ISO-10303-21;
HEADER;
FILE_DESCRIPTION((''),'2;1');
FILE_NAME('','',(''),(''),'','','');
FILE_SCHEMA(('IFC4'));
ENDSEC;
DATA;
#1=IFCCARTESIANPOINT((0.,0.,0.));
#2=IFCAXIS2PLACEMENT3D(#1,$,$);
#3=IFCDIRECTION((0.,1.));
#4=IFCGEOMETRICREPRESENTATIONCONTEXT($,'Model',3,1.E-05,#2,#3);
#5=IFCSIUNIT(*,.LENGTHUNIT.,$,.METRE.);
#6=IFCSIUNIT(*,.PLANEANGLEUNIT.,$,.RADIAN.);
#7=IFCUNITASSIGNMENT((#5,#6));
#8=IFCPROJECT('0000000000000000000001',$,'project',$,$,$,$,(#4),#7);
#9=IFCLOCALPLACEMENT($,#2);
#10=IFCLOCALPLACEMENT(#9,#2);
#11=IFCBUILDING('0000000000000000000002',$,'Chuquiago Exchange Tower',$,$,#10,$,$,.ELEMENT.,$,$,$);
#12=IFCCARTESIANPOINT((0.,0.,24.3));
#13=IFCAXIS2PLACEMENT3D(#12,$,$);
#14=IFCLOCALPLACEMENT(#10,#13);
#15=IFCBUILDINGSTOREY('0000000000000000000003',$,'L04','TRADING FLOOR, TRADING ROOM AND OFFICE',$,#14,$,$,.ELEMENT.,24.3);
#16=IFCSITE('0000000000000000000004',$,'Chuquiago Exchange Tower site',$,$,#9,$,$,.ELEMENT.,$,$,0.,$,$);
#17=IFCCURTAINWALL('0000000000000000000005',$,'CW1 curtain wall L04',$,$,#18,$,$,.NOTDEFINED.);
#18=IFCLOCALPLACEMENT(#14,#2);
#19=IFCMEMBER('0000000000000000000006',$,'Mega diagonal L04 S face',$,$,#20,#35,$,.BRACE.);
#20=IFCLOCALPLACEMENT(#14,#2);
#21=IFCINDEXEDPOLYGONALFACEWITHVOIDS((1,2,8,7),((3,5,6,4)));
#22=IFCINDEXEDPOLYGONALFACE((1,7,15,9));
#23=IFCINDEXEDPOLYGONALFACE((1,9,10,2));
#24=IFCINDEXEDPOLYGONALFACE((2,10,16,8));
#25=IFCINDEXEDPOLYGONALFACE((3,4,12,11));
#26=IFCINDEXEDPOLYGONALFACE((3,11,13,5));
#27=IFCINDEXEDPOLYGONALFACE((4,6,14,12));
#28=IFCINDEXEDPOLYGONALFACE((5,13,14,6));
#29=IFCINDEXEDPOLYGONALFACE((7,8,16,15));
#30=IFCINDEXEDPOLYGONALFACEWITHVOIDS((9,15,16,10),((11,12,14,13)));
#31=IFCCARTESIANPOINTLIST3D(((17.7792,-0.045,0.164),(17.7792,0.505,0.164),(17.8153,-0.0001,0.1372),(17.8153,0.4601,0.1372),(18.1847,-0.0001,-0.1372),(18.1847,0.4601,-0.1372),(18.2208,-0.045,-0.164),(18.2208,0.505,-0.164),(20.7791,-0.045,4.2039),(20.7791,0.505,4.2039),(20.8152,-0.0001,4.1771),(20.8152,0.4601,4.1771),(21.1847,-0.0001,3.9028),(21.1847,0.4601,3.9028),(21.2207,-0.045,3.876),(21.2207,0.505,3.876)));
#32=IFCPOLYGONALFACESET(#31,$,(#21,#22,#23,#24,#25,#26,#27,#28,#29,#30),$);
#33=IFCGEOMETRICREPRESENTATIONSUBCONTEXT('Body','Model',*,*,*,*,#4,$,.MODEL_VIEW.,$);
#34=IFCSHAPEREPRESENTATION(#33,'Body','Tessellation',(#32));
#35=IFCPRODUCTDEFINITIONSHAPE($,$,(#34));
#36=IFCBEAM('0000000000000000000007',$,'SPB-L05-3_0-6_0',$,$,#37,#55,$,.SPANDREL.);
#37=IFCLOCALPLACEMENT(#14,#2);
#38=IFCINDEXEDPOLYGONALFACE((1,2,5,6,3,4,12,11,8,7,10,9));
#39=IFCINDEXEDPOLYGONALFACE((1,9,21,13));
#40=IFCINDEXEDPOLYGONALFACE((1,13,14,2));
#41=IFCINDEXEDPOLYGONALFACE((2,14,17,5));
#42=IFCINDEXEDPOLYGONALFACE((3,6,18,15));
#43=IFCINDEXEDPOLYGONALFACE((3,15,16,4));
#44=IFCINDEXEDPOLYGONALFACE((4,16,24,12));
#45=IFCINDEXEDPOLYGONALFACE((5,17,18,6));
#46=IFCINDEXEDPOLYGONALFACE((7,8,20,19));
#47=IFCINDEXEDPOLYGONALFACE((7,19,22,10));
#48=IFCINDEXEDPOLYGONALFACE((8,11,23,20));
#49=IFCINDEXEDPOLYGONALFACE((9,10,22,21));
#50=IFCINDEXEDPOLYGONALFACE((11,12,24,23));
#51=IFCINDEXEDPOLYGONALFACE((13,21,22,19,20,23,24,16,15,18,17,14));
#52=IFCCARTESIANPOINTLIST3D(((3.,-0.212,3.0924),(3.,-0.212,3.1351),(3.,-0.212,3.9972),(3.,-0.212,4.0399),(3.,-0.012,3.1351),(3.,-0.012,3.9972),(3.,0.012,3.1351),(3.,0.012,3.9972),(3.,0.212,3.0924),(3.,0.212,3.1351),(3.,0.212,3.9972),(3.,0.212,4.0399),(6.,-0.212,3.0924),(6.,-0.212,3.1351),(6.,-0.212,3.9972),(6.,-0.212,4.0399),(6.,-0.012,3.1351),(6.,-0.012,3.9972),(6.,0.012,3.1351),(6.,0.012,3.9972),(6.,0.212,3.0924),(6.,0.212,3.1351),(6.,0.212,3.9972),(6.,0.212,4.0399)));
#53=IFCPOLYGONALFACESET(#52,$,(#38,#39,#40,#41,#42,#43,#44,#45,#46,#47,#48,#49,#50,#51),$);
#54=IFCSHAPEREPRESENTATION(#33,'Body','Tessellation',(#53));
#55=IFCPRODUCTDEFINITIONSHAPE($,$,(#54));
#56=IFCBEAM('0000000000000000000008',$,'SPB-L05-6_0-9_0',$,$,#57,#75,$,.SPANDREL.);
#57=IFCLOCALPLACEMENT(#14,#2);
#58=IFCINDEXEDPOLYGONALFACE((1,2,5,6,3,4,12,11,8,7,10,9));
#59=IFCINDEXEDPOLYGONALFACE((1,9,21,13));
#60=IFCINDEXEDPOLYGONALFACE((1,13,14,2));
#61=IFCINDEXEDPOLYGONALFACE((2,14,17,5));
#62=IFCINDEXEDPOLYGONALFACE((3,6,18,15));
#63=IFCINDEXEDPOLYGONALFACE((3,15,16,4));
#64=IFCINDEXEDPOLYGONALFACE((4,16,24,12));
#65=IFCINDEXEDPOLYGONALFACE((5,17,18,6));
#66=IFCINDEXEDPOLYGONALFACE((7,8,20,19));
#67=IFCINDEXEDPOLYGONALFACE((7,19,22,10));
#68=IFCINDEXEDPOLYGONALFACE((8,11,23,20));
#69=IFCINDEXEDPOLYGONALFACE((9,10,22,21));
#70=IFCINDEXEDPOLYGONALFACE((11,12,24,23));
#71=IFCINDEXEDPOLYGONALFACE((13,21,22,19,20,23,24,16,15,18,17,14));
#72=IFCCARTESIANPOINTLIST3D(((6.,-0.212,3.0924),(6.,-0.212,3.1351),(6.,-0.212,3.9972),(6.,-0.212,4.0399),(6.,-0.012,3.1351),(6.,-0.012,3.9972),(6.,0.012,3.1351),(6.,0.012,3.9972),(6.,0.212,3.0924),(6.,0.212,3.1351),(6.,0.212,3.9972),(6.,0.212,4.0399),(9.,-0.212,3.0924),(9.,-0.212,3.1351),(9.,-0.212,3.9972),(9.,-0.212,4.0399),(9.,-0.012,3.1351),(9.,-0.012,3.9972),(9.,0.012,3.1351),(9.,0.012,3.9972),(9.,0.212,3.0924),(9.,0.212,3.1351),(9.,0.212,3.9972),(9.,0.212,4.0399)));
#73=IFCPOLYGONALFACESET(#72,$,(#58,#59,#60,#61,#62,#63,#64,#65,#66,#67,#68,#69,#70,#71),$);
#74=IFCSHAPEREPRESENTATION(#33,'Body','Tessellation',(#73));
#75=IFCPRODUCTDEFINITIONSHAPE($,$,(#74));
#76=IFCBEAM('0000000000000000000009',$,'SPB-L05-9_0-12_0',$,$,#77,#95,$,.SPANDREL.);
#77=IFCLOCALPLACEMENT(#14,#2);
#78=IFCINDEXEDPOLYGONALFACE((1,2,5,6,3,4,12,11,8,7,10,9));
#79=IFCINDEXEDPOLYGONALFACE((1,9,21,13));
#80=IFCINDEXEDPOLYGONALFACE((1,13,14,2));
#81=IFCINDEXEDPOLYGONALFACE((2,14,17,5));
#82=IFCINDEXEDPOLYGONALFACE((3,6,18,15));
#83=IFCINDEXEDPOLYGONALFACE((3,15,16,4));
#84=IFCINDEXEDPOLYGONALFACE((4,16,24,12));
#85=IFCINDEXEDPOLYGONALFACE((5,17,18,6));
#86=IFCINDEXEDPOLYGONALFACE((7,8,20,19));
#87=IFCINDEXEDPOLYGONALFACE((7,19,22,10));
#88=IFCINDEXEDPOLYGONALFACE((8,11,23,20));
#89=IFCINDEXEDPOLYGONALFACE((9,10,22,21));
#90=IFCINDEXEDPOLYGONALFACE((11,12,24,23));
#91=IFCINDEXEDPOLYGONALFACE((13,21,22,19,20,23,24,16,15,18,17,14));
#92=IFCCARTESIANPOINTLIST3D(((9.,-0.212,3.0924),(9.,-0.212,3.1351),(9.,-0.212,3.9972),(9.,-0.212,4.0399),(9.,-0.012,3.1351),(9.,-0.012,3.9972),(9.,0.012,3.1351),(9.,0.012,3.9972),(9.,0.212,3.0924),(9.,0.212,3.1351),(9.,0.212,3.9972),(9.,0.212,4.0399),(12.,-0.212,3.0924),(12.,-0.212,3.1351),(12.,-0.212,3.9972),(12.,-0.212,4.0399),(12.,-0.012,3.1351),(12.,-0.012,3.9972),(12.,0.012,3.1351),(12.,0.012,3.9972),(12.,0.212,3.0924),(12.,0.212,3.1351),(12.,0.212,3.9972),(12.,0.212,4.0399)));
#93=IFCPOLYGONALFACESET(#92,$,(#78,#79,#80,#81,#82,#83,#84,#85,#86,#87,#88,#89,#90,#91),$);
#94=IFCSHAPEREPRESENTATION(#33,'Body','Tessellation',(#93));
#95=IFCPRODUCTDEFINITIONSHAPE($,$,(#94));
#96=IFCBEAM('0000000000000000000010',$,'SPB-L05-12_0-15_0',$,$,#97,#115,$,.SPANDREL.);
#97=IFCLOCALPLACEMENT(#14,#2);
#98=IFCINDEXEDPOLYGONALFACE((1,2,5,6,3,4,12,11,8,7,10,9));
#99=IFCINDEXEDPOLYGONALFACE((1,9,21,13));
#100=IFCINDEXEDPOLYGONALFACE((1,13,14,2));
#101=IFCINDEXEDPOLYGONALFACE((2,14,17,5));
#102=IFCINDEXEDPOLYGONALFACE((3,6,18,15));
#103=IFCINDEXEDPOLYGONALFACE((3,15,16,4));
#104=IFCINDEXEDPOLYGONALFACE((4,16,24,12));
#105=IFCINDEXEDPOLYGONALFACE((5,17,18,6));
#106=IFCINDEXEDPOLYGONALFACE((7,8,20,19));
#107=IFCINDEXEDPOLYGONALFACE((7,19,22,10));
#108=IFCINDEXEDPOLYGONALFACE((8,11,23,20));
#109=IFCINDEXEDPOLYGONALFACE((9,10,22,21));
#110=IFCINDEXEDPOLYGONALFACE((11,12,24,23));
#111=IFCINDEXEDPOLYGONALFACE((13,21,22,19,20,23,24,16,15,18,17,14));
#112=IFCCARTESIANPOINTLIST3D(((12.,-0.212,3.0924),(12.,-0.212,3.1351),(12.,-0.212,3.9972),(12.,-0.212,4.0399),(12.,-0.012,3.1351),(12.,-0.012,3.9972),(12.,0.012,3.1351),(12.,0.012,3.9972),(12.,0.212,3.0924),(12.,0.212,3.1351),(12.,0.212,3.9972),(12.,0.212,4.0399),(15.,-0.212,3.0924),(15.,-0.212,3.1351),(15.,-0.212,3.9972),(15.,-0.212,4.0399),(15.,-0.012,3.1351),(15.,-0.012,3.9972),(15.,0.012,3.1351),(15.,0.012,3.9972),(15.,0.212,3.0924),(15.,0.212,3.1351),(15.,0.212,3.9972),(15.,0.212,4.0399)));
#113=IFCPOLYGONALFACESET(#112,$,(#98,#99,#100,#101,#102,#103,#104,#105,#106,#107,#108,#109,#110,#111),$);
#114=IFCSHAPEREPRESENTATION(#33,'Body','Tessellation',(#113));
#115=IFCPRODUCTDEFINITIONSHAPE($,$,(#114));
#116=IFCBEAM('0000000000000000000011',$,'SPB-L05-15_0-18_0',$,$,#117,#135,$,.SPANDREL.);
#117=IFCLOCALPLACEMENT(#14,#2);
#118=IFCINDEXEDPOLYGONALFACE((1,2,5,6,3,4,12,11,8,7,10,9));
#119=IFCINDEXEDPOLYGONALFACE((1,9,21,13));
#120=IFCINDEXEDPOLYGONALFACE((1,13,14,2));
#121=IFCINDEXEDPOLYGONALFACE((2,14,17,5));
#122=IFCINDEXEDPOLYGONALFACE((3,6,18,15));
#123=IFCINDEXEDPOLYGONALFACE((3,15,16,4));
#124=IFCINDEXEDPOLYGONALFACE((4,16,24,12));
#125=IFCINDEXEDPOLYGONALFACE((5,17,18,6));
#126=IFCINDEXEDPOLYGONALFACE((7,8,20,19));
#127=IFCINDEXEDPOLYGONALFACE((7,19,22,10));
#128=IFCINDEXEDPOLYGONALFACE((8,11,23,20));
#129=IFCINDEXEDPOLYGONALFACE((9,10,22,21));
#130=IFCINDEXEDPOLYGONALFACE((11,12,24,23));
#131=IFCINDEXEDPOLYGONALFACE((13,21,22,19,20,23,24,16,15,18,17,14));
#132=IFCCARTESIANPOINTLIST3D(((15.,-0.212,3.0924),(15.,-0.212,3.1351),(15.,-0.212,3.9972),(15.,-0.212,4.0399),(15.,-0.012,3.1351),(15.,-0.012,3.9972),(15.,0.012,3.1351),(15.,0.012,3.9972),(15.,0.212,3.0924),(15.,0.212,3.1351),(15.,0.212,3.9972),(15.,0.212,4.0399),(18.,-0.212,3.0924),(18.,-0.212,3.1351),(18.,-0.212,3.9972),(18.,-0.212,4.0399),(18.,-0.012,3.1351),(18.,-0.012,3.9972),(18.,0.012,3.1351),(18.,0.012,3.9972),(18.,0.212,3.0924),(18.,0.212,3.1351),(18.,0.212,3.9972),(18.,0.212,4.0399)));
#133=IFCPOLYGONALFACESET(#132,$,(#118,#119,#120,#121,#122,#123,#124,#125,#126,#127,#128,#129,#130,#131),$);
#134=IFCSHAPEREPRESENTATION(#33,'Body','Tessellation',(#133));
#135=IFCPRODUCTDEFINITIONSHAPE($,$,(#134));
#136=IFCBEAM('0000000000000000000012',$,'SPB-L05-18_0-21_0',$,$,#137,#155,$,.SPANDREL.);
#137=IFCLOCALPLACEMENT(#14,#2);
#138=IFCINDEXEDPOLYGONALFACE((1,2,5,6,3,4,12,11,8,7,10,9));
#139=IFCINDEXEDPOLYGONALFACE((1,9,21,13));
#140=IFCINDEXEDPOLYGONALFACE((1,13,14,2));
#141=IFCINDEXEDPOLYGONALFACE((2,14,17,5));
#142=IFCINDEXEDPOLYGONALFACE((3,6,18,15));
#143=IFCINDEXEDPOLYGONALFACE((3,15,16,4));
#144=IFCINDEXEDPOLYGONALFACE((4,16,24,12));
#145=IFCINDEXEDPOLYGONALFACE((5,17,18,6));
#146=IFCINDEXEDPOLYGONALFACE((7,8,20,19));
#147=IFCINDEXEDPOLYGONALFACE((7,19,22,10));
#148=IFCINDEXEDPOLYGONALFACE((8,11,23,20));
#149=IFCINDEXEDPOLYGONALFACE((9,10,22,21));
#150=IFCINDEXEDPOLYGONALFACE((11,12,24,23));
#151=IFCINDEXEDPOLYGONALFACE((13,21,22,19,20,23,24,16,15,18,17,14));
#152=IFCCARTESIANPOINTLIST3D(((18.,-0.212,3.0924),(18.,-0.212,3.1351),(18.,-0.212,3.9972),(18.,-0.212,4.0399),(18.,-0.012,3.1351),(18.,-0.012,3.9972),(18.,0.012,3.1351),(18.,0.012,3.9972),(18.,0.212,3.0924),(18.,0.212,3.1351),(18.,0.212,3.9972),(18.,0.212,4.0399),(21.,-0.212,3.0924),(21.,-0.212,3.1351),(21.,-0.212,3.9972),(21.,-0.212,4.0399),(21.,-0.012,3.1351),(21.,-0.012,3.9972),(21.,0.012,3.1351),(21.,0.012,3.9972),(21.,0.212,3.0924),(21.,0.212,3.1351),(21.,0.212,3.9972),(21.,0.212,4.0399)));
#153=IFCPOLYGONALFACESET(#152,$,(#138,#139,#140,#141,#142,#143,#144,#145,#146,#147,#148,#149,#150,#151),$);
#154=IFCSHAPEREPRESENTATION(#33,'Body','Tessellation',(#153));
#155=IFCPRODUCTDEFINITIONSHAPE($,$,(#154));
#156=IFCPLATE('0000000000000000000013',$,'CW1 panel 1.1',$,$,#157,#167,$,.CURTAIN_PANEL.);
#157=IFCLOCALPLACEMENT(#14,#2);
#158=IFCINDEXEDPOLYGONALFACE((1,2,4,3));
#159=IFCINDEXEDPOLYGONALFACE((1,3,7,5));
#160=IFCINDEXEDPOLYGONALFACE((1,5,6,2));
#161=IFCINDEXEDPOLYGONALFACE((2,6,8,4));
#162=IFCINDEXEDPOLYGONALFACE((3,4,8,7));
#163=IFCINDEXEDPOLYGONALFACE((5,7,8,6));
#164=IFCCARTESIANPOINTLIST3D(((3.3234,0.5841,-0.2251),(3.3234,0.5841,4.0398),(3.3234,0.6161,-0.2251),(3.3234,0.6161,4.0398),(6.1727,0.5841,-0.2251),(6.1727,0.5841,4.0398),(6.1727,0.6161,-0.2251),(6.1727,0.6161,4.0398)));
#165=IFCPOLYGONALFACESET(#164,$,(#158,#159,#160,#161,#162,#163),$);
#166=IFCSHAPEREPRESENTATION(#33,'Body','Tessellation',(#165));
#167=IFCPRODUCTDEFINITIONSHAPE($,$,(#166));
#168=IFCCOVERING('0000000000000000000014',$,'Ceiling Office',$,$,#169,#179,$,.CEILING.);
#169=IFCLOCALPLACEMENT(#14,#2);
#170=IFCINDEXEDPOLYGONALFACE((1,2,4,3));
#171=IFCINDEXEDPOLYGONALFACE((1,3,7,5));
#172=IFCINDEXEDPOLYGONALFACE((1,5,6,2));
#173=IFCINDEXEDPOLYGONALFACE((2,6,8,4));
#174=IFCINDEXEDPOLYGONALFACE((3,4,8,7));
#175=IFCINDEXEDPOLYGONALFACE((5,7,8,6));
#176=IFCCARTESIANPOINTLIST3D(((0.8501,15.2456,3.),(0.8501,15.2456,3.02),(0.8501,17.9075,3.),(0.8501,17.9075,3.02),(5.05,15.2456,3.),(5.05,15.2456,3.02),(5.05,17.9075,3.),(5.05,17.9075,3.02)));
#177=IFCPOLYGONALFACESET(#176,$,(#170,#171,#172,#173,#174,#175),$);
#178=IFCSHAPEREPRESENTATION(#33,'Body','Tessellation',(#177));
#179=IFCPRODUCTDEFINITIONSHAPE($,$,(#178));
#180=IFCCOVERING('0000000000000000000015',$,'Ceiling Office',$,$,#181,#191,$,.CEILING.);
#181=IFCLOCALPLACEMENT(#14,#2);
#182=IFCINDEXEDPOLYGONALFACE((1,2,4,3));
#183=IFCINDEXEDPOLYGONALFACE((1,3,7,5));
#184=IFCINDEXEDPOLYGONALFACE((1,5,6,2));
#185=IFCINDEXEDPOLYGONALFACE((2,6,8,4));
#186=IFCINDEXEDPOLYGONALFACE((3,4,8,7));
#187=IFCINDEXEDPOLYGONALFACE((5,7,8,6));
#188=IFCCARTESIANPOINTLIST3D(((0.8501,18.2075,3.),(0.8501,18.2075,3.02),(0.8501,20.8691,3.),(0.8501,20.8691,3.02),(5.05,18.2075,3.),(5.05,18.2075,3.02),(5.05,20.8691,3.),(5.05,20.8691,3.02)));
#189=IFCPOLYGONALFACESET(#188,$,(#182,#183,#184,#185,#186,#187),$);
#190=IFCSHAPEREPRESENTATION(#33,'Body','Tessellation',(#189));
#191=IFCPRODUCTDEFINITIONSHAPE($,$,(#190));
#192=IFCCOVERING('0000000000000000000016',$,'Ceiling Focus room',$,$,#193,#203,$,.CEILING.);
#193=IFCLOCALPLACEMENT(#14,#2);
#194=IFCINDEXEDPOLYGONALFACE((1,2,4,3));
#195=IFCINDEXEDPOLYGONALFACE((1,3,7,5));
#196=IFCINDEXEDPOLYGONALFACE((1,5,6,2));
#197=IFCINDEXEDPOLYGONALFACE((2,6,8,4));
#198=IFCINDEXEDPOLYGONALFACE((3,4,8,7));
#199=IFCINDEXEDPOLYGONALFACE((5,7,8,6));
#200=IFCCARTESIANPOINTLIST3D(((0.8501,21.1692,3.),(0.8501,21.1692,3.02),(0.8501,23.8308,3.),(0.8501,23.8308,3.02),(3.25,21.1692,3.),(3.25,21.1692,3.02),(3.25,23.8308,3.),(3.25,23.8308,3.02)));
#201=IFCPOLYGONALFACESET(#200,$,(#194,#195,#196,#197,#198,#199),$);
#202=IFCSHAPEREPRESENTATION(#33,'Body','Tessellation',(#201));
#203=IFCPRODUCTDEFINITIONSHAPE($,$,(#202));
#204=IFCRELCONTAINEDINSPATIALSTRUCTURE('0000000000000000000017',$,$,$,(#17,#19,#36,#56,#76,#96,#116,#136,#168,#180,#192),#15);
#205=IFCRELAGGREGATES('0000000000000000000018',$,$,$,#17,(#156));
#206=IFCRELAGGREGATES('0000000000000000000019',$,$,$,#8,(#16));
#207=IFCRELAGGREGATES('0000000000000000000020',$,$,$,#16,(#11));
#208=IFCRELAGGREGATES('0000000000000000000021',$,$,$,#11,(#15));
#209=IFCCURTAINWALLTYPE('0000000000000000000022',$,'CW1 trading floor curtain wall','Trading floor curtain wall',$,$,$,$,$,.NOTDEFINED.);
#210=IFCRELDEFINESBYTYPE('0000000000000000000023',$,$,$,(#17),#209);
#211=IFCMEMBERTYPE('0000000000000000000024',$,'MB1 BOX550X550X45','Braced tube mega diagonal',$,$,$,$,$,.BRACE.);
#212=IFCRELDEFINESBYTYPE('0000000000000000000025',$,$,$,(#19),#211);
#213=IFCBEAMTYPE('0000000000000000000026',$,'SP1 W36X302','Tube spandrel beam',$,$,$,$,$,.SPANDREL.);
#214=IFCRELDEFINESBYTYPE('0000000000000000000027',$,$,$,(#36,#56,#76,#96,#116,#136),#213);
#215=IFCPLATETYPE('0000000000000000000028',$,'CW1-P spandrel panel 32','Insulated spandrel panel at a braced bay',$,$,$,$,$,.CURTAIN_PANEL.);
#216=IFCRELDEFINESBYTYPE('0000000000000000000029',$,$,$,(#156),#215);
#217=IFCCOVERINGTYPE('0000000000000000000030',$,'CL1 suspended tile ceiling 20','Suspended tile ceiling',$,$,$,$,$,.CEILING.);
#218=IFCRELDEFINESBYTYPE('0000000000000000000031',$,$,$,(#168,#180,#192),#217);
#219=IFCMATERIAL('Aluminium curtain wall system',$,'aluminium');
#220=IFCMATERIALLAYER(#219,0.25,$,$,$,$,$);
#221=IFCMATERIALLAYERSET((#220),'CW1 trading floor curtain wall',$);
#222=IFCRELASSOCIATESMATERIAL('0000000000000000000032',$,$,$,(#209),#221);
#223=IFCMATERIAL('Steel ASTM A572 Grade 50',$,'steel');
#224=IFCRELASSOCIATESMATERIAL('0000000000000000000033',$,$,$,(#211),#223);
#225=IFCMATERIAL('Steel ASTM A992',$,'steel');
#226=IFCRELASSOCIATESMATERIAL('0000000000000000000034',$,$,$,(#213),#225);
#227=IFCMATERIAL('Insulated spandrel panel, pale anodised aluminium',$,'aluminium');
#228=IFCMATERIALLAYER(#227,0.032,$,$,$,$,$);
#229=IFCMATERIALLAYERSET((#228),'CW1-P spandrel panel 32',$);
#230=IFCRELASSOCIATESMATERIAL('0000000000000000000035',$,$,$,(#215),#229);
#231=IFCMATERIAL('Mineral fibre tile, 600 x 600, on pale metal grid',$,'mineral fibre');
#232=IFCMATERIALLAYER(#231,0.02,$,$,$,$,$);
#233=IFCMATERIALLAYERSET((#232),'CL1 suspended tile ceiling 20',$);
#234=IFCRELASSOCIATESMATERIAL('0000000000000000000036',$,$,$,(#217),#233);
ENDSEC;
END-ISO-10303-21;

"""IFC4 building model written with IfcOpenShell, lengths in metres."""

from ifc_helpers import new_model, si_unit, direction, frame, origin, origin_2d, place, context, subcontext, project, spatial, polyline, rectangle, hollow_rectangle, i_section, outline, extrude, material, layer, layer_set, material_profile, profile_set, type_object, element, aggregate, save


model = new_model("IFC4")

# Units and contexts
model_context = context("Model", 3, precision=1e-05, world=origin(), true_north=direction((0.0, 1.0)))
body_context = subcontext(model_context, "Body", "Model", "MODEL_VIEW")
ifc_project = project(units=[si_unit("LENGTHUNIT", "METRE"), si_unit("PLANEANGLEUNIT", "RADIAN")], contexts=[model_context])

# Site, building, storey
site_placement = place(None, origin())
site = spatial("IfcSite", under=ifc_project, at=site_placement, Name="Chuquiago Exchange Tower site", CompositionType="ELEMENT", RefElevation=0.0)
building_placement = place(site_placement, origin())
building = spatial("IfcBuilding", under=site, at=building_placement, Name="Chuquiago Exchange Tower", CompositionType="ELEMENT")
storey_placement = place(building_placement, frame((0.0, 0.0, 24.3)))
storey = spatial("IfcBuildingStorey", under=building, at=storey_placement, Name="L04", Description="TRADING FLOOR, TRADING ROOM AND OFFICE", CompositionType="ELEMENT", Elevation=24.3)

# Curtain wall
ifc_material_1 = material(Name="Aluminium curtain wall system", Category="aluminium")
ifc_layer_1 = layer(ifc_material_1, 0.25)
ifc_layer_set_1 = layer_set([ifc_layer_1], Name="CW1 trading floor curtain wall")
curtain_wall_type = type_object("IfcCurtainWallType", Name="CW1 trading floor curtain wall", Description="Trading floor curtain wall", PredefinedType="NOTDEFINED", material=ifc_layer_set_1)
curtain_wall_placement = place(storey_placement, origin())
curtain_wall = element("IfcCurtainWall", 1, at=curtain_wall_placement, inside=storey, type_object=curtain_wall_type, Name="CW1 curtain wall L04", PredefinedType="NOTDEFINED")

# Member
ifc_material_2 = material(Name="Steel ASTM A572 Grade 50", Category="steel")
ifc_material_profile_1 = material_profile(ifc_material_2, hollow_rectangle(XDim=0.55, YDim=0.55, WallThickness=0.0449, at=origin_2d()), Name="BOX550X550X45")
ifc_profile_set_1 = profile_set([ifc_material_profile_1], Name="Steel ASTM A572 Grade 50")
member_type_1 = type_object("IfcMemberType", Name="MB1 BOX550X550X45", Description="Braced tube mega diagonal", PredefinedType="BRACE", material=ifc_profile_set_1)
for number, where, z_axis, x_axis, name in (
    (2, (18.0, 0.23, 0.0), (0.596174, 0.0, 0.802855), (0.0, 1.0, 0.0), "Mega diagonal L04 S face"),
):
    element("IfcMember", number, at=place(storey_placement, frame(where, z_axis=z_axis, x_axis=x_axis)), inside=storey, type_object=member_type_1, Name=name, PredefinedType="BRACE", context=body_context, shape_type="SweptSolid", body=[
        extrude(hollow_rectangle(XDim=0.55, YDim=0.55, WallThickness=0.0449, at=origin_2d()), origin(), (0.0, 0.0, 1.0), 5.032),
    ])

# Beams
ifc_material_3 = material(Name="Steel ASTM A992", Category="steel")
ifc_material_profile_2 = material_profile(ifc_material_3, i_section(OverallWidth=0.4241, OverallDepth=0.9475, WebThickness=0.0239, FlangeThickness=0.0427, at=origin_2d()), Name="W36X302")
ifc_profile_set_2 = profile_set([ifc_material_profile_2], Name="Steel ASTM A992")
beam_type = type_object("IfcBeamType", Name="SP1 W36X302", Description="Tube spandrel beam", PredefinedType="SPANDREL", material=ifc_profile_set_2)
for number, where, z_axis, x_axis, name in (
    (3, (3.0, 0.0, 3.5662), (1.0, 0.0, 0.0), (0.0, 1.0, 0.0), "SPB-L05-3_0-6_0"),
    (4, (6.0, 0.0, 3.5662), (1.0, 0.0, 0.0), (0.0, 1.0, 0.0), "SPB-L05-6_0-9_0"),
    (5, (9.0, 0.0, 3.5662), (1.0, 0.0, 0.0), (0.0, 1.0, 0.0), "SPB-L05-9_0-12_0"),
    (6, (12.0, 0.0, 3.5662), (1.0, 0.0, 0.0), (0.0, 1.0, 0.0), "SPB-L05-12_0-15_0"),
    (7, (15.0, 0.0, 3.5662), (1.0, 0.0, 0.0), (0.0, 1.0, 0.0), "SPB-L05-15_0-18_0"),
    (8, (18.0, 0.0, 3.5662), (1.0, 0.0, 0.0), (0.0, 1.0, 0.0), "SPB-L05-18_0-21_0"),
):
    element("IfcBeam", number, at=place(storey_placement, frame(where, z_axis=z_axis, x_axis=x_axis)), inside=storey, type_object=beam_type, Name=name, PredefinedType="SPANDREL", context=body_context, shape_type="SweptSolid", body=[
        extrude(i_section(OverallWidth=0.4241, OverallDepth=0.9475, WebThickness=0.0239, FlangeThickness=0.0427, at=origin_2d()), origin(), (0.0, 0.0, 1.0), 3.0),
    ])

# Plate
ifc_material_4 = material(Name="Insulated spandrel panel, pale anodised aluminium", Category="aluminium")
ifc_layer_2 = layer(ifc_material_4, 0.032)
ifc_layer_set_2 = layer_set([ifc_layer_2], Name="CW1-P spandrel panel 32")
plate_type = type_object("IfcPlateType", Name="CW1-P spandrel panel 32", Description="Insulated spandrel panel at a braced bay", PredefinedType="CURTAIN_PANEL", material=ifc_layer_set_2)
plate_placement = place(storey_placement, frame((4.748, 0.6001, -0.2251), z_axis=(0.0, 0.0, 1.0), x_axis=(1.0, 0.0, 0.0)))
plate = element("IfcPlate", 9, at=plate_placement, type_object=plate_type, Name="CW1 panel 1.1", PredefinedType="CURTAIN_PANEL", context=body_context, shape_type="SweptSolid", body=[
    extrude(rectangle(XDim=2.8494, YDim=0.032, at=origin_2d()), origin(), (0.0, 0.0, 1.0), 4.2649),
])
aggregate(curtain_wall, [plate])

# Coverings
ifc_material_5 = material(Name="Mineral fibre tile, 600 x 600, on pale metal grid", Category="mineral fibre")
ifc_layer_3 = layer(ifc_material_5, 0.02)
ifc_layer_set_3 = layer_set([ifc_layer_3], Name="CL1 suspended tile ceiling 20")
covering_type_1 = type_object("IfcCoveringType", Name="CL1 suspended tile ceiling 20", Description="Suspended tile ceiling", PredefinedType="CEILING", material=ifc_layer_set_3)
covering_1_placement = place(storey_placement, frame((0.0, 0.0, 3.0)))
element("IfcCovering", 10, at=covering_1_placement, inside=storey, type_object=covering_type_1, Name="Ceiling Office", PredefinedType="CEILING", context=body_context, shape_type="SweptSolid", body=[
    extrude(outline(polyline([(5.05, 17.9075), (5.05, 15.2456), (0.8501, 15.2456), (0.8501, 17.9075), (5.05, 17.9075)])), origin(), (0.0, 0.0, 1.0), 0.02),
])
covering_2_placement = place(storey_placement, frame((0.0, 0.0, 3.0)))
element("IfcCovering", 11, at=covering_2_placement, inside=storey, type_object=covering_type_1, Name="Ceiling Office", PredefinedType="CEILING", context=body_context, shape_type="SweptSolid", body=[
    extrude(outline(polyline([(5.05, 20.8691), (5.05, 18.2075), (0.8501, 18.2075), (0.8501, 20.8691), (5.05, 20.8691)])), origin(), (0.0, 0.0, 1.0), 0.02),
])
covering_3_placement = place(storey_placement, frame((0.0, 0.0, 3.0)))
element("IfcCovering", 12, at=covering_3_placement, inside=storey, type_object=covering_type_1, Name="Ceiling Focus room", PredefinedType="CEILING", context=body_context, shape_type="SweptSolid", body=[
    extrude(outline(polyline([(3.25, 23.8308), (3.25, 21.1692), (0.8501, 21.1692), (0.8501, 23.8308), (3.25, 23.8308)])), origin(), (0.0, 0.0, 1.0), 0.02),
])

save(model, "model.ifc")
